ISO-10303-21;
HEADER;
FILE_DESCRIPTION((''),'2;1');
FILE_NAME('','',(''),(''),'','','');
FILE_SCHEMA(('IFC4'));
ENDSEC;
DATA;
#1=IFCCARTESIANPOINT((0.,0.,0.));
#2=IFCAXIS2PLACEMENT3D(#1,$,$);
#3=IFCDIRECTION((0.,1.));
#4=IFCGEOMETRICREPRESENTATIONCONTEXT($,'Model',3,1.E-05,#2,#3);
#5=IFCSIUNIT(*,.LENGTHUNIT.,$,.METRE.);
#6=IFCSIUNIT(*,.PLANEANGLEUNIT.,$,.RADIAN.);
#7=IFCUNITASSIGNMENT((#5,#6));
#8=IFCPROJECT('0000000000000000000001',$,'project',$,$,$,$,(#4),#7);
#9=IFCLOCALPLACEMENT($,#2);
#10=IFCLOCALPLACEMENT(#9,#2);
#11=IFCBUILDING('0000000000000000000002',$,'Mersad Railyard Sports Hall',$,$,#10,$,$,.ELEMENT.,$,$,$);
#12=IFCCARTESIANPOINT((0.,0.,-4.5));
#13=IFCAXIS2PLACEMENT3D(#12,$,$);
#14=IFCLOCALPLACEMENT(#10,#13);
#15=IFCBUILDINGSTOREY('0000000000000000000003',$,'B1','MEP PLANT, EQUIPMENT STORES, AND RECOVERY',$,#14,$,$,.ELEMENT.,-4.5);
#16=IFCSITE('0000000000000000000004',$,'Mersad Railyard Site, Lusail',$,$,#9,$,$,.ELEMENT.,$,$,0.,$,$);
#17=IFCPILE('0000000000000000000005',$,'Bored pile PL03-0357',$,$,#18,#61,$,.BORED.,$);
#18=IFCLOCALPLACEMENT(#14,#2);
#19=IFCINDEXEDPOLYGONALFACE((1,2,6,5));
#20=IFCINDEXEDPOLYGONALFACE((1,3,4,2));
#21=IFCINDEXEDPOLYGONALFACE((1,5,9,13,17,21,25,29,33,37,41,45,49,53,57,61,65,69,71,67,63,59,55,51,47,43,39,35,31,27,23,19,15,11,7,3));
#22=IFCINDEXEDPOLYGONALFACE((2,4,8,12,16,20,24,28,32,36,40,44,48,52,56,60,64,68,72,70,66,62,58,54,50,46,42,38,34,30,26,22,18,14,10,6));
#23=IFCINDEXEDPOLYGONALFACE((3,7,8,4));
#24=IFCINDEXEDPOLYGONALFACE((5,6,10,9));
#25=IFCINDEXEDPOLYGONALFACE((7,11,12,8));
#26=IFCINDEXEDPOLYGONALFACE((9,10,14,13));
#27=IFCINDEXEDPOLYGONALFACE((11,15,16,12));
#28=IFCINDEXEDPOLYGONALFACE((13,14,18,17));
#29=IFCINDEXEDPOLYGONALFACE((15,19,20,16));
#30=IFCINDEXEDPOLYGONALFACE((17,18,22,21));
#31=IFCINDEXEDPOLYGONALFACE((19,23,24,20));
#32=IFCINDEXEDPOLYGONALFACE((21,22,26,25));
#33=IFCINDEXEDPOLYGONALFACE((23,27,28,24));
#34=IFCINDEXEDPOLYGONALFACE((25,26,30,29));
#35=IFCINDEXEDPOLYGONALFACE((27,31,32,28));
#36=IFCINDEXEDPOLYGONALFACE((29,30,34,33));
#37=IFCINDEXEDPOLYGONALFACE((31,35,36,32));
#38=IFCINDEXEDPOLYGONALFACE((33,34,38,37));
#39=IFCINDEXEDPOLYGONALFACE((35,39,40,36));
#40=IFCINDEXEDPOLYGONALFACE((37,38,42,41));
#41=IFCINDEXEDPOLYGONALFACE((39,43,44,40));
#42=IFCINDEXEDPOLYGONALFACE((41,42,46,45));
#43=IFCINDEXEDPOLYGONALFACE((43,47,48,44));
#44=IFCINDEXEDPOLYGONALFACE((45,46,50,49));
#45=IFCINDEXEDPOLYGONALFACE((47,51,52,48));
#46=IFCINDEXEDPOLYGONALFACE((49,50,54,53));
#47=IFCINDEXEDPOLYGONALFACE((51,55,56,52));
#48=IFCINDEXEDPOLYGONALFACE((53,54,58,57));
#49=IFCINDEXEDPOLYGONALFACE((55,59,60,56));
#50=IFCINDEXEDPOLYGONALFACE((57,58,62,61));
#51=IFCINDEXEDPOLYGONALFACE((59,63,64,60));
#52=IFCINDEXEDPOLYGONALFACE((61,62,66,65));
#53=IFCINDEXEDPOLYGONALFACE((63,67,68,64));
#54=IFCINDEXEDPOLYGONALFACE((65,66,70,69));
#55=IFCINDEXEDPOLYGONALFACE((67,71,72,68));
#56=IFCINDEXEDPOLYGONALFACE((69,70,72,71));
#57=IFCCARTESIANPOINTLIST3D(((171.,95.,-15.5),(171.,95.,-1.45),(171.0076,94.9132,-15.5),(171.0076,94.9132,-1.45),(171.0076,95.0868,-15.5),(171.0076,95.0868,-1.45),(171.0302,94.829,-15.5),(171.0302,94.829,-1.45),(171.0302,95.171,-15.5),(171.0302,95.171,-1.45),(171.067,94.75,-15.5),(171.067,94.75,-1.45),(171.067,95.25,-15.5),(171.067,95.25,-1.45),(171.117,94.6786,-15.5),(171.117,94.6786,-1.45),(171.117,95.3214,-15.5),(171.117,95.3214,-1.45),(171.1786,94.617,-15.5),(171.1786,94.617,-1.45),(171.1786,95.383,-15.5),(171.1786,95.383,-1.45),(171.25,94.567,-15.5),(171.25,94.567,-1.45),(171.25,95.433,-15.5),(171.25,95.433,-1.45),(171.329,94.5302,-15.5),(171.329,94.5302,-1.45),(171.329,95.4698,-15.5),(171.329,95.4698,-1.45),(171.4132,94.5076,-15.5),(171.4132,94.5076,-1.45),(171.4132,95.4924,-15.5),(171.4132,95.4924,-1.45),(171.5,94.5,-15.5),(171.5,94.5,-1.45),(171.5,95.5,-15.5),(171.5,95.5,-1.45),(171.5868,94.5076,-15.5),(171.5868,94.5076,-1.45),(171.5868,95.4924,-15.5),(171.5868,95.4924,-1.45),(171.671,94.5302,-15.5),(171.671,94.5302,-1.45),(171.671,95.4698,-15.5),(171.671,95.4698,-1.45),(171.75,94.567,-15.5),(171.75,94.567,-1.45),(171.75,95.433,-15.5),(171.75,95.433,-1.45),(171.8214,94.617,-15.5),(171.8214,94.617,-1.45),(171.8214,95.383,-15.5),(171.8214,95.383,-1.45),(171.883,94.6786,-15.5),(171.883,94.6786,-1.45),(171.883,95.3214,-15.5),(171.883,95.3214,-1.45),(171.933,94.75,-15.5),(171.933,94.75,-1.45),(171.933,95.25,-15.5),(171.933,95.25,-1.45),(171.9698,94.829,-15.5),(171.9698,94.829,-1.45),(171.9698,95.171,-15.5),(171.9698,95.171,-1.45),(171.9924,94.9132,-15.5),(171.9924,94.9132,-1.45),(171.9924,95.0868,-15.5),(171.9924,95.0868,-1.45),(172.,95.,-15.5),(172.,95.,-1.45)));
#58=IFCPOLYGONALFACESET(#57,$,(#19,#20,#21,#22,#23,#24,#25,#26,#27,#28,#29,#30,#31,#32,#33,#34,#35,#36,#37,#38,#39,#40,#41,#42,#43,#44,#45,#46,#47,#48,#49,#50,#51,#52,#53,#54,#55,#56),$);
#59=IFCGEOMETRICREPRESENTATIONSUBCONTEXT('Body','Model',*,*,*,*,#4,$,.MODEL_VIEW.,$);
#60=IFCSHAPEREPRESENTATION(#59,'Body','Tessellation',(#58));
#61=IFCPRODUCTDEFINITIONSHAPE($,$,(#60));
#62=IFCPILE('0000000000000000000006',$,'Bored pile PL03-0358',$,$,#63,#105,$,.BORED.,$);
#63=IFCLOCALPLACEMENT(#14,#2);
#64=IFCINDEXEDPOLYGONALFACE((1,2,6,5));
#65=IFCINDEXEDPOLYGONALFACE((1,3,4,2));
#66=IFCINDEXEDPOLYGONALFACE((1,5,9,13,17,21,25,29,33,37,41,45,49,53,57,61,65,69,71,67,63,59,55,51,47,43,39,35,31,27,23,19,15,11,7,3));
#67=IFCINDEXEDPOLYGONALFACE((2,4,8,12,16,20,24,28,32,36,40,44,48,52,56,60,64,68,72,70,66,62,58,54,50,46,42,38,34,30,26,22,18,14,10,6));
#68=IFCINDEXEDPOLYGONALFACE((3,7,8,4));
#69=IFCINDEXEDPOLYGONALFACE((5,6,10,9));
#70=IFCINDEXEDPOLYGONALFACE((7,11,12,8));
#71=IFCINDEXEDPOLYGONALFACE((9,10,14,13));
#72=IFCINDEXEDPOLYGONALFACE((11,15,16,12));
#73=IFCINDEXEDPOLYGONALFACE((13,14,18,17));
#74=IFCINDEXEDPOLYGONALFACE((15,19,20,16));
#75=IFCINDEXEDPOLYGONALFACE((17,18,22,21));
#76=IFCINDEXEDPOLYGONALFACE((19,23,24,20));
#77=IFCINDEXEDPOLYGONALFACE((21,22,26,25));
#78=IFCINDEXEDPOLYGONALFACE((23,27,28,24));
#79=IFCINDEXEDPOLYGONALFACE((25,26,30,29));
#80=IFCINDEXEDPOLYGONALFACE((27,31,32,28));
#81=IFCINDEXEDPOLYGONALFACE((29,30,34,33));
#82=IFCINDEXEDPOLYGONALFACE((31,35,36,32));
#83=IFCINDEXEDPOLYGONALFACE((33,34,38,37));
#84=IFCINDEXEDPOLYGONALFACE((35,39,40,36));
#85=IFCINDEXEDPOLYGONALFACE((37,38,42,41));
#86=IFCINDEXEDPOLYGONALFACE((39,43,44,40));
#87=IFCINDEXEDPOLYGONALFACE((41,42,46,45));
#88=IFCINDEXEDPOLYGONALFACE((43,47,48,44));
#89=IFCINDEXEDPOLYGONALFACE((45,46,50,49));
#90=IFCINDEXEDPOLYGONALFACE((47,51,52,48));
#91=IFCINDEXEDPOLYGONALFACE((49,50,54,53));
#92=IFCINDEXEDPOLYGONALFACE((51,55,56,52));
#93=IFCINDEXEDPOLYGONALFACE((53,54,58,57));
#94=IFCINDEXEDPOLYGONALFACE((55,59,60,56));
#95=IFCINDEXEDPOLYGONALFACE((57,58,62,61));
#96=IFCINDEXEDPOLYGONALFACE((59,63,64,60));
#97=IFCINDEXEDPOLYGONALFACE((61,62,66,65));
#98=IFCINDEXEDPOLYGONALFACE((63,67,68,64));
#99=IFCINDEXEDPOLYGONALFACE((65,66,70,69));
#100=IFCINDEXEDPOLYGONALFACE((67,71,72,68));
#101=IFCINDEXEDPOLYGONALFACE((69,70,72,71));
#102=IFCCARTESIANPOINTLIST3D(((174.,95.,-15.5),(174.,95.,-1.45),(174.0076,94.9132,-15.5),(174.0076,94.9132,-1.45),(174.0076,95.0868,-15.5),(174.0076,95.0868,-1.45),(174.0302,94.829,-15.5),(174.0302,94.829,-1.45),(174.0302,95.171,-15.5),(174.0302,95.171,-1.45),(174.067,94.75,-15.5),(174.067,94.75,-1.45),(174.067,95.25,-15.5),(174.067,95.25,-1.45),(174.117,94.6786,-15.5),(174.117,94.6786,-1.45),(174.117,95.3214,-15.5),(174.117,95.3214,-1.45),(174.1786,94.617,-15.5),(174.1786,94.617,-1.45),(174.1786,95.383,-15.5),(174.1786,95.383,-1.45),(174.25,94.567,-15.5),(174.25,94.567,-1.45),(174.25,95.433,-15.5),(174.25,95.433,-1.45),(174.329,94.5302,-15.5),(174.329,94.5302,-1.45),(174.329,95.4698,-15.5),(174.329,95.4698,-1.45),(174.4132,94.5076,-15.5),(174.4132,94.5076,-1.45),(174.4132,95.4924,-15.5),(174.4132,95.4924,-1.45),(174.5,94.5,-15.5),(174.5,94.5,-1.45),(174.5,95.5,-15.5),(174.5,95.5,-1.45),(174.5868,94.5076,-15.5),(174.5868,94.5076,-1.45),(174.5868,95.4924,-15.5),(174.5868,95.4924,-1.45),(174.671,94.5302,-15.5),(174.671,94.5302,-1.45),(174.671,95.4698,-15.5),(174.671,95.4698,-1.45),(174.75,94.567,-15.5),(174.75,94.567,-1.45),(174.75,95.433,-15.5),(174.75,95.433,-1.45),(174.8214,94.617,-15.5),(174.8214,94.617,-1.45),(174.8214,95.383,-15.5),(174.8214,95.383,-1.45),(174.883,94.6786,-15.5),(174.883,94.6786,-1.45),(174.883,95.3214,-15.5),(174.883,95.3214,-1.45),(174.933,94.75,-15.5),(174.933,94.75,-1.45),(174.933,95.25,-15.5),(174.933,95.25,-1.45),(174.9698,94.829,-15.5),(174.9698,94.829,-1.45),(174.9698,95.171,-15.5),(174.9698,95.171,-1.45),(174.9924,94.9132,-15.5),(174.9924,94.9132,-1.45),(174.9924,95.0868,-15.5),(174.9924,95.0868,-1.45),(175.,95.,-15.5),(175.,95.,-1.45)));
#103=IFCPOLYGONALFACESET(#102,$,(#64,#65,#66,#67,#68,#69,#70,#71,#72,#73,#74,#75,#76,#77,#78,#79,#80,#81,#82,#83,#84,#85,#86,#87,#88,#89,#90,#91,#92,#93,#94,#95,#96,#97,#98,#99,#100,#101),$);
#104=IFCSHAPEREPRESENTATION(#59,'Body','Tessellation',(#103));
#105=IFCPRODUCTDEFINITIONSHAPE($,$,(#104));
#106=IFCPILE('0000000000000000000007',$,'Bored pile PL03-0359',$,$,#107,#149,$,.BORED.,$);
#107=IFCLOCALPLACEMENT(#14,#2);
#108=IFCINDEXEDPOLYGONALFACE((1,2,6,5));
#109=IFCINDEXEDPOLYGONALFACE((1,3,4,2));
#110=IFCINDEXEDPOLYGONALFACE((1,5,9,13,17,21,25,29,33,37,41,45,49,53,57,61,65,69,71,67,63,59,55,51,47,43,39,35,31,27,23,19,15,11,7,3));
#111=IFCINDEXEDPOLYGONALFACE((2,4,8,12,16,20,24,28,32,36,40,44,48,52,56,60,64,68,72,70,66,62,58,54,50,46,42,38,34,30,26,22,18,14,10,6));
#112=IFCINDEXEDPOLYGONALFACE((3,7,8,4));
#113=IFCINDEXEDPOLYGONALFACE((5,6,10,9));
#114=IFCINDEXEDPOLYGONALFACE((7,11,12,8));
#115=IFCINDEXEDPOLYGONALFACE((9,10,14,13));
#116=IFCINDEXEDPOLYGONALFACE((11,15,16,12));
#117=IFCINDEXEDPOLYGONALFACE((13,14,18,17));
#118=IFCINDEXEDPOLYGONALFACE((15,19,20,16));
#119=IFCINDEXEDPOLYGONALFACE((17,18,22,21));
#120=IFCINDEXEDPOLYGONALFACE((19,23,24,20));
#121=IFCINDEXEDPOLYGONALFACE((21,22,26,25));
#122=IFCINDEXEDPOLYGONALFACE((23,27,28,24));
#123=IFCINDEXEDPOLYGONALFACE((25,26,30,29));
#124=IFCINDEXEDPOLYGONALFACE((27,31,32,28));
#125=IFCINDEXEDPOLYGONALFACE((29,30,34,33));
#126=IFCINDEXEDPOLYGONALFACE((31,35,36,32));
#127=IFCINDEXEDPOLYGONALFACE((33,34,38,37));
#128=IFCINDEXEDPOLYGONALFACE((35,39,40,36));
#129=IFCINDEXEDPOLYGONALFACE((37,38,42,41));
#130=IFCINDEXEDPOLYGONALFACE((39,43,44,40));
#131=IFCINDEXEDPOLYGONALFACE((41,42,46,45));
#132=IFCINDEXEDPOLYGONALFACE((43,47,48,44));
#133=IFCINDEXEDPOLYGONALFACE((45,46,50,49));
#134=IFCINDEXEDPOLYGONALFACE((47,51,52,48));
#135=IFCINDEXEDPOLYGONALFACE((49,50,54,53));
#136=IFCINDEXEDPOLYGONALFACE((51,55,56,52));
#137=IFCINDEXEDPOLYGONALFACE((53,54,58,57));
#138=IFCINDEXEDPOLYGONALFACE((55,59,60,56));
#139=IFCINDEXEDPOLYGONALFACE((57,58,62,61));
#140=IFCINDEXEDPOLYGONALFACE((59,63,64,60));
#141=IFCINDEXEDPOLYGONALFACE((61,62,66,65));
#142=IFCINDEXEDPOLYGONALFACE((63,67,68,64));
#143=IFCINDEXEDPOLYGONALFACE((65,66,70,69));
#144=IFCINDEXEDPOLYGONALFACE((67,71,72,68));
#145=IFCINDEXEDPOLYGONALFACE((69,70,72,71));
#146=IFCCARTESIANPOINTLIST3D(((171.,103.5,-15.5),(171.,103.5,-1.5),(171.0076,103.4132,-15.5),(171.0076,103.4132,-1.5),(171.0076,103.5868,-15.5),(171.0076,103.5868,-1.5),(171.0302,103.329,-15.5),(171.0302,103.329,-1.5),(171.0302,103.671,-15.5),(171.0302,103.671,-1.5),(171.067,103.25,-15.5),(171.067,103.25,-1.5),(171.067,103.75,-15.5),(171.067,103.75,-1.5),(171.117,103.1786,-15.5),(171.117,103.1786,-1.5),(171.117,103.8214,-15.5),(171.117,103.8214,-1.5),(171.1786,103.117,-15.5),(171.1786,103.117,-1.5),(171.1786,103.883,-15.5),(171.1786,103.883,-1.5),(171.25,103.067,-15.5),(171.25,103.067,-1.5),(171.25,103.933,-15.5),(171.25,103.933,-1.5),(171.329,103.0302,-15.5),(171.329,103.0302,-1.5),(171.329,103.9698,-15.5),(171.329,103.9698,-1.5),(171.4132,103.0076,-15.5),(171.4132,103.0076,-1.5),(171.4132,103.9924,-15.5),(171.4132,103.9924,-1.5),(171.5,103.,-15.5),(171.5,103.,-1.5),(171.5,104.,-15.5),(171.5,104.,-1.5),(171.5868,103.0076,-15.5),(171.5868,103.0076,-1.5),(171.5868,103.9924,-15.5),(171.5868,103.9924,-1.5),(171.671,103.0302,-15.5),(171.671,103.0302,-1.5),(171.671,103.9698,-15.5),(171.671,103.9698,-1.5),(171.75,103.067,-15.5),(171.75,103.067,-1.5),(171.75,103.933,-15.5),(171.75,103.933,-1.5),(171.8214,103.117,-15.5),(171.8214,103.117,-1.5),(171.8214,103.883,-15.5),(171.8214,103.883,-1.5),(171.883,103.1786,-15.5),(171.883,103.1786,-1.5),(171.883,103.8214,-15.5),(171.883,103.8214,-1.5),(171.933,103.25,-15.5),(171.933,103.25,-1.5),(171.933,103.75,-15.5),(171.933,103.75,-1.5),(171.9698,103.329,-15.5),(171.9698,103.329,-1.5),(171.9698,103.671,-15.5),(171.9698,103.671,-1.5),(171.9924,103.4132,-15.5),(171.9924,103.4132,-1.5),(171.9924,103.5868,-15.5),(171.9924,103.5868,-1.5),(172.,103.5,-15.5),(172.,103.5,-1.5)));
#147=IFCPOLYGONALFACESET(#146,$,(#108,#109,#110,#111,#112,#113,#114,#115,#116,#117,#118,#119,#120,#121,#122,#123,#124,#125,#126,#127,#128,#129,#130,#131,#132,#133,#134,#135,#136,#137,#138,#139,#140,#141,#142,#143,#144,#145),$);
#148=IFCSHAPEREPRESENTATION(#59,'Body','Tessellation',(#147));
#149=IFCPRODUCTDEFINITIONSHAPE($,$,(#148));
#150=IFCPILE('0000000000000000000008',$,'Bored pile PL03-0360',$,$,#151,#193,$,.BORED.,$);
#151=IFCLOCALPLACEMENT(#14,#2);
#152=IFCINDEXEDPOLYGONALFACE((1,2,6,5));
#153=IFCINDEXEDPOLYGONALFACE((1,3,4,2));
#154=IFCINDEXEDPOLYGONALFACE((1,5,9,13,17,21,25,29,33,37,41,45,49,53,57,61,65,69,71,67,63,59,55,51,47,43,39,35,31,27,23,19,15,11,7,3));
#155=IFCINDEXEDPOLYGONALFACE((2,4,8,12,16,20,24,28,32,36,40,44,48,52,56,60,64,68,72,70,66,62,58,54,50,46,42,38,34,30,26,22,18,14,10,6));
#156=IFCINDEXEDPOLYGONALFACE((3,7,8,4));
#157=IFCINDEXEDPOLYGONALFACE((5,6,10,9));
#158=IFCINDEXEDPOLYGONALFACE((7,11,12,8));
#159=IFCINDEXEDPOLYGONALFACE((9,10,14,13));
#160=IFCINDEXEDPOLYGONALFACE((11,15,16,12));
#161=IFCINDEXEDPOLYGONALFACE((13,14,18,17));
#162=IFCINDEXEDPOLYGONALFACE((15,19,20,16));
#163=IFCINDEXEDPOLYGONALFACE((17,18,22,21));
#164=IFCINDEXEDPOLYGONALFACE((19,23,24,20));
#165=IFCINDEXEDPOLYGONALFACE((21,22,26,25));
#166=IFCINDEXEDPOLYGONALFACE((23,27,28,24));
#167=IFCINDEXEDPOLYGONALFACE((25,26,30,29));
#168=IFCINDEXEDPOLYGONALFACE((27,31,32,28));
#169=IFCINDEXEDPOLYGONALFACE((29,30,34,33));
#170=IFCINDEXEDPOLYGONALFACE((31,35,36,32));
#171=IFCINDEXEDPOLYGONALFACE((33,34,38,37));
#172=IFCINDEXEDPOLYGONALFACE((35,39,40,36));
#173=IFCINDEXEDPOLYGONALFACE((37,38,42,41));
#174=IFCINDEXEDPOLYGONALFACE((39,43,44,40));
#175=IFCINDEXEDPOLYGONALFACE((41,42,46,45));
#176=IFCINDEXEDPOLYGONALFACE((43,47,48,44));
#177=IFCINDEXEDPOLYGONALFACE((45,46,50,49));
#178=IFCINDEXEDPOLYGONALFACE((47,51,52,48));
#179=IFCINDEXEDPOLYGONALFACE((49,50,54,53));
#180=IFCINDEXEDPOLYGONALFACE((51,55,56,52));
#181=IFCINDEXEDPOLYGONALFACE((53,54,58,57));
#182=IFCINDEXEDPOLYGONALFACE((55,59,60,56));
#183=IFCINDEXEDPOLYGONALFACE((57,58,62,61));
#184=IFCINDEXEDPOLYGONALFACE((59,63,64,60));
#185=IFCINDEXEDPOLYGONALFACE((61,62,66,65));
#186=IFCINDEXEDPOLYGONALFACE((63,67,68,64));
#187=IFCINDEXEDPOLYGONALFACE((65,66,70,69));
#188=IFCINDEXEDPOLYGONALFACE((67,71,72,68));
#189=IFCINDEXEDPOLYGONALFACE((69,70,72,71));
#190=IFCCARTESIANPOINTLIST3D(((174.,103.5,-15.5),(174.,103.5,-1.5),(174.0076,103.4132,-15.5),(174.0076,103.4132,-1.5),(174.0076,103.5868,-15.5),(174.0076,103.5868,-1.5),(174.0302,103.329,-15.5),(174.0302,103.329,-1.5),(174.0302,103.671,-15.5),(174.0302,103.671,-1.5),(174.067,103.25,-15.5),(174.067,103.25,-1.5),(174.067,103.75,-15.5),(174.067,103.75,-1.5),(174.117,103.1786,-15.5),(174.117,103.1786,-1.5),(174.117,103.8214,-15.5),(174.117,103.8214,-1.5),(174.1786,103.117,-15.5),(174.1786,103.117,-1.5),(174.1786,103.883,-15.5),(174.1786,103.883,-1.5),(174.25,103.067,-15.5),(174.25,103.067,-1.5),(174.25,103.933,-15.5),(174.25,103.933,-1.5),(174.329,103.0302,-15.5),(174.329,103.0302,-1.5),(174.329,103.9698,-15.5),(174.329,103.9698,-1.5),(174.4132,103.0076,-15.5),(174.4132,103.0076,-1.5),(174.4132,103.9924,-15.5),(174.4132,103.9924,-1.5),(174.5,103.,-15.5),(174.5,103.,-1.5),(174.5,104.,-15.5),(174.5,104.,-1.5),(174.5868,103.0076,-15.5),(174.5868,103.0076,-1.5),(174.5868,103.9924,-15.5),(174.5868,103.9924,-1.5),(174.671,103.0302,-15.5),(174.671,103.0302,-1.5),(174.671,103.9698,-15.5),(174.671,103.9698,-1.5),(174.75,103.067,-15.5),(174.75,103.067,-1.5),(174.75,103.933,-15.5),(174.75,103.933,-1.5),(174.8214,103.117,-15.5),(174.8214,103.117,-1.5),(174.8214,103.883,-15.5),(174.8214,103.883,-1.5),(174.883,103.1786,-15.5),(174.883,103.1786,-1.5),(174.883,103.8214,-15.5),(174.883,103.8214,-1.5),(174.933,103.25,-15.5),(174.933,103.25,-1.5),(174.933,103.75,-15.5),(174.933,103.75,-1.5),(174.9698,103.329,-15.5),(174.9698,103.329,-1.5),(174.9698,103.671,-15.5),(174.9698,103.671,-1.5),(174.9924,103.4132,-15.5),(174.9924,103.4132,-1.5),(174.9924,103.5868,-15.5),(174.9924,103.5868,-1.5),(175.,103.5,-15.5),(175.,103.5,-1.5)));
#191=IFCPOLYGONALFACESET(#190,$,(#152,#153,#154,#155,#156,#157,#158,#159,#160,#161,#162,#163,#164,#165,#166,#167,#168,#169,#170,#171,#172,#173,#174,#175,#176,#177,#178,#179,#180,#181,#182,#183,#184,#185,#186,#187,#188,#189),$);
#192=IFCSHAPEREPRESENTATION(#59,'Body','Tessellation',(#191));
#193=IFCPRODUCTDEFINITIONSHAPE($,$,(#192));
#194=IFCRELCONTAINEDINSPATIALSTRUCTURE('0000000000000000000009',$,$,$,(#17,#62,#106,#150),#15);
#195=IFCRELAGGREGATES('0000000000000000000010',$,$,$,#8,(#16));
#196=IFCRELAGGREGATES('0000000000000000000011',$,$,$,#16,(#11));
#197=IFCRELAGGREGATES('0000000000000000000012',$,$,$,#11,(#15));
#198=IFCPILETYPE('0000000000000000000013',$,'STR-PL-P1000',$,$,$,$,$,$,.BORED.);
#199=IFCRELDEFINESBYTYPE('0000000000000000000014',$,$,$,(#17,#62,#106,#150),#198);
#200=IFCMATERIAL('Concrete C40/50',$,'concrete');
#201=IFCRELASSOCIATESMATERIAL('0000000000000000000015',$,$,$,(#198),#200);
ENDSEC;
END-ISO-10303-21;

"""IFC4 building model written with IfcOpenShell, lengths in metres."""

from ifc_helpers import new_model, si_unit, direction, frame, origin, origin_2d, place, context, subcontext, project, spatial, circle, extrude, material, material_profile, profile_set, type_object, element, save


model = new_model("IFC4")

# Units and contexts
model_context = context("Model", 3, precision=1e-05, world=origin(), true_north=direction((0.0, 1.0)))
body_context = subcontext(model_context, "Body", "Model", "MODEL_VIEW")
ifc_project = project(units=[si_unit("LENGTHUNIT", "METRE"), si_unit("PLANEANGLEUNIT", "RADIAN")], contexts=[model_context])

# Site, building, storey
site_placement = place(None, origin())
site = spatial("IfcSite", under=ifc_project, at=site_placement, Name="Mersad Railyard Site, Lusail", CompositionType="ELEMENT", RefElevation=0.0)
building_placement = place(site_placement, origin())
building = spatial("IfcBuilding", under=site, at=building_placement, Name="Mersad Railyard Sports Hall", CompositionType="ELEMENT")
storey_placement = place(building_placement, frame((0.0, 0.0, -4.5)))
storey = spatial("IfcBuildingStorey", under=building, at=storey_placement, Name="B1", Description="MEP PLANT, EQUIPMENT STORES, AND RECOVERY", CompositionType="ELEMENT", Elevation=-4.5)

# Shared definitions
ifc_material_1 = material(Name="Concrete C40/50", Category="concrete")

# Piles
ifc_material_profile_1 = material_profile(ifc_material_1, circle(Radius=0.5, at=origin_2d()), Name="BORED PILE D1000")
ifc_profile_set_1 = profile_set([ifc_material_profile_1], Name="Concrete C40/50")
pile_type_1 = type_object("IfcPileType", Name="STR-PL-P1000", PredefinedType="BORED", material=ifc_profile_set_1)
for number, where, z_axis, x_axis, name in (
    (1, (171.5, 95.0, -1.45), (0.0, 0.0, -1.0), (1.0, 0.0, 0.0), "Bored pile PL03-0357"),
    (2, (174.5, 95.0, -1.45), (0.0, 0.0, -1.0), (1.0, 0.0, 0.0), "Bored pile PL03-0358"),
):
    element("IfcPile", number, at=place(storey_placement, frame(where, z_axis=z_axis, x_axis=x_axis)), inside=storey, type_object=pile_type_1, Name=name, PredefinedType="BORED", context=body_context, shape_type="SweptSolid", body=[
        extrude(circle(Radius=0.5, at=origin_2d()), origin(), (0.0, 0.0, 1.0), 14.05),
    ])
for number, where, z_axis, x_axis, name in (
    (3, (171.5, 103.5, -1.5), (0.0, 0.0, -1.0), (1.0, 0.0, 0.0), "Bored pile PL03-0359"),
    (4, (174.5, 103.5, -1.5), (0.0, 0.0, -1.0), (1.0, 0.0, 0.0), "Bored pile PL03-0360"),
):
    element("IfcPile", number, at=place(storey_placement, frame(where, z_axis=z_axis, x_axis=x_axis)), inside=storey, type_object=pile_type_1, Name=name, PredefinedType="BORED", context=body_context, shape_type="SweptSolid", body=[
        extrude(circle(Radius=0.5, at=origin_2d()), origin(), (0.0, 0.0, 1.0), 14.0),
    ])

save(model, "model.ifc")
